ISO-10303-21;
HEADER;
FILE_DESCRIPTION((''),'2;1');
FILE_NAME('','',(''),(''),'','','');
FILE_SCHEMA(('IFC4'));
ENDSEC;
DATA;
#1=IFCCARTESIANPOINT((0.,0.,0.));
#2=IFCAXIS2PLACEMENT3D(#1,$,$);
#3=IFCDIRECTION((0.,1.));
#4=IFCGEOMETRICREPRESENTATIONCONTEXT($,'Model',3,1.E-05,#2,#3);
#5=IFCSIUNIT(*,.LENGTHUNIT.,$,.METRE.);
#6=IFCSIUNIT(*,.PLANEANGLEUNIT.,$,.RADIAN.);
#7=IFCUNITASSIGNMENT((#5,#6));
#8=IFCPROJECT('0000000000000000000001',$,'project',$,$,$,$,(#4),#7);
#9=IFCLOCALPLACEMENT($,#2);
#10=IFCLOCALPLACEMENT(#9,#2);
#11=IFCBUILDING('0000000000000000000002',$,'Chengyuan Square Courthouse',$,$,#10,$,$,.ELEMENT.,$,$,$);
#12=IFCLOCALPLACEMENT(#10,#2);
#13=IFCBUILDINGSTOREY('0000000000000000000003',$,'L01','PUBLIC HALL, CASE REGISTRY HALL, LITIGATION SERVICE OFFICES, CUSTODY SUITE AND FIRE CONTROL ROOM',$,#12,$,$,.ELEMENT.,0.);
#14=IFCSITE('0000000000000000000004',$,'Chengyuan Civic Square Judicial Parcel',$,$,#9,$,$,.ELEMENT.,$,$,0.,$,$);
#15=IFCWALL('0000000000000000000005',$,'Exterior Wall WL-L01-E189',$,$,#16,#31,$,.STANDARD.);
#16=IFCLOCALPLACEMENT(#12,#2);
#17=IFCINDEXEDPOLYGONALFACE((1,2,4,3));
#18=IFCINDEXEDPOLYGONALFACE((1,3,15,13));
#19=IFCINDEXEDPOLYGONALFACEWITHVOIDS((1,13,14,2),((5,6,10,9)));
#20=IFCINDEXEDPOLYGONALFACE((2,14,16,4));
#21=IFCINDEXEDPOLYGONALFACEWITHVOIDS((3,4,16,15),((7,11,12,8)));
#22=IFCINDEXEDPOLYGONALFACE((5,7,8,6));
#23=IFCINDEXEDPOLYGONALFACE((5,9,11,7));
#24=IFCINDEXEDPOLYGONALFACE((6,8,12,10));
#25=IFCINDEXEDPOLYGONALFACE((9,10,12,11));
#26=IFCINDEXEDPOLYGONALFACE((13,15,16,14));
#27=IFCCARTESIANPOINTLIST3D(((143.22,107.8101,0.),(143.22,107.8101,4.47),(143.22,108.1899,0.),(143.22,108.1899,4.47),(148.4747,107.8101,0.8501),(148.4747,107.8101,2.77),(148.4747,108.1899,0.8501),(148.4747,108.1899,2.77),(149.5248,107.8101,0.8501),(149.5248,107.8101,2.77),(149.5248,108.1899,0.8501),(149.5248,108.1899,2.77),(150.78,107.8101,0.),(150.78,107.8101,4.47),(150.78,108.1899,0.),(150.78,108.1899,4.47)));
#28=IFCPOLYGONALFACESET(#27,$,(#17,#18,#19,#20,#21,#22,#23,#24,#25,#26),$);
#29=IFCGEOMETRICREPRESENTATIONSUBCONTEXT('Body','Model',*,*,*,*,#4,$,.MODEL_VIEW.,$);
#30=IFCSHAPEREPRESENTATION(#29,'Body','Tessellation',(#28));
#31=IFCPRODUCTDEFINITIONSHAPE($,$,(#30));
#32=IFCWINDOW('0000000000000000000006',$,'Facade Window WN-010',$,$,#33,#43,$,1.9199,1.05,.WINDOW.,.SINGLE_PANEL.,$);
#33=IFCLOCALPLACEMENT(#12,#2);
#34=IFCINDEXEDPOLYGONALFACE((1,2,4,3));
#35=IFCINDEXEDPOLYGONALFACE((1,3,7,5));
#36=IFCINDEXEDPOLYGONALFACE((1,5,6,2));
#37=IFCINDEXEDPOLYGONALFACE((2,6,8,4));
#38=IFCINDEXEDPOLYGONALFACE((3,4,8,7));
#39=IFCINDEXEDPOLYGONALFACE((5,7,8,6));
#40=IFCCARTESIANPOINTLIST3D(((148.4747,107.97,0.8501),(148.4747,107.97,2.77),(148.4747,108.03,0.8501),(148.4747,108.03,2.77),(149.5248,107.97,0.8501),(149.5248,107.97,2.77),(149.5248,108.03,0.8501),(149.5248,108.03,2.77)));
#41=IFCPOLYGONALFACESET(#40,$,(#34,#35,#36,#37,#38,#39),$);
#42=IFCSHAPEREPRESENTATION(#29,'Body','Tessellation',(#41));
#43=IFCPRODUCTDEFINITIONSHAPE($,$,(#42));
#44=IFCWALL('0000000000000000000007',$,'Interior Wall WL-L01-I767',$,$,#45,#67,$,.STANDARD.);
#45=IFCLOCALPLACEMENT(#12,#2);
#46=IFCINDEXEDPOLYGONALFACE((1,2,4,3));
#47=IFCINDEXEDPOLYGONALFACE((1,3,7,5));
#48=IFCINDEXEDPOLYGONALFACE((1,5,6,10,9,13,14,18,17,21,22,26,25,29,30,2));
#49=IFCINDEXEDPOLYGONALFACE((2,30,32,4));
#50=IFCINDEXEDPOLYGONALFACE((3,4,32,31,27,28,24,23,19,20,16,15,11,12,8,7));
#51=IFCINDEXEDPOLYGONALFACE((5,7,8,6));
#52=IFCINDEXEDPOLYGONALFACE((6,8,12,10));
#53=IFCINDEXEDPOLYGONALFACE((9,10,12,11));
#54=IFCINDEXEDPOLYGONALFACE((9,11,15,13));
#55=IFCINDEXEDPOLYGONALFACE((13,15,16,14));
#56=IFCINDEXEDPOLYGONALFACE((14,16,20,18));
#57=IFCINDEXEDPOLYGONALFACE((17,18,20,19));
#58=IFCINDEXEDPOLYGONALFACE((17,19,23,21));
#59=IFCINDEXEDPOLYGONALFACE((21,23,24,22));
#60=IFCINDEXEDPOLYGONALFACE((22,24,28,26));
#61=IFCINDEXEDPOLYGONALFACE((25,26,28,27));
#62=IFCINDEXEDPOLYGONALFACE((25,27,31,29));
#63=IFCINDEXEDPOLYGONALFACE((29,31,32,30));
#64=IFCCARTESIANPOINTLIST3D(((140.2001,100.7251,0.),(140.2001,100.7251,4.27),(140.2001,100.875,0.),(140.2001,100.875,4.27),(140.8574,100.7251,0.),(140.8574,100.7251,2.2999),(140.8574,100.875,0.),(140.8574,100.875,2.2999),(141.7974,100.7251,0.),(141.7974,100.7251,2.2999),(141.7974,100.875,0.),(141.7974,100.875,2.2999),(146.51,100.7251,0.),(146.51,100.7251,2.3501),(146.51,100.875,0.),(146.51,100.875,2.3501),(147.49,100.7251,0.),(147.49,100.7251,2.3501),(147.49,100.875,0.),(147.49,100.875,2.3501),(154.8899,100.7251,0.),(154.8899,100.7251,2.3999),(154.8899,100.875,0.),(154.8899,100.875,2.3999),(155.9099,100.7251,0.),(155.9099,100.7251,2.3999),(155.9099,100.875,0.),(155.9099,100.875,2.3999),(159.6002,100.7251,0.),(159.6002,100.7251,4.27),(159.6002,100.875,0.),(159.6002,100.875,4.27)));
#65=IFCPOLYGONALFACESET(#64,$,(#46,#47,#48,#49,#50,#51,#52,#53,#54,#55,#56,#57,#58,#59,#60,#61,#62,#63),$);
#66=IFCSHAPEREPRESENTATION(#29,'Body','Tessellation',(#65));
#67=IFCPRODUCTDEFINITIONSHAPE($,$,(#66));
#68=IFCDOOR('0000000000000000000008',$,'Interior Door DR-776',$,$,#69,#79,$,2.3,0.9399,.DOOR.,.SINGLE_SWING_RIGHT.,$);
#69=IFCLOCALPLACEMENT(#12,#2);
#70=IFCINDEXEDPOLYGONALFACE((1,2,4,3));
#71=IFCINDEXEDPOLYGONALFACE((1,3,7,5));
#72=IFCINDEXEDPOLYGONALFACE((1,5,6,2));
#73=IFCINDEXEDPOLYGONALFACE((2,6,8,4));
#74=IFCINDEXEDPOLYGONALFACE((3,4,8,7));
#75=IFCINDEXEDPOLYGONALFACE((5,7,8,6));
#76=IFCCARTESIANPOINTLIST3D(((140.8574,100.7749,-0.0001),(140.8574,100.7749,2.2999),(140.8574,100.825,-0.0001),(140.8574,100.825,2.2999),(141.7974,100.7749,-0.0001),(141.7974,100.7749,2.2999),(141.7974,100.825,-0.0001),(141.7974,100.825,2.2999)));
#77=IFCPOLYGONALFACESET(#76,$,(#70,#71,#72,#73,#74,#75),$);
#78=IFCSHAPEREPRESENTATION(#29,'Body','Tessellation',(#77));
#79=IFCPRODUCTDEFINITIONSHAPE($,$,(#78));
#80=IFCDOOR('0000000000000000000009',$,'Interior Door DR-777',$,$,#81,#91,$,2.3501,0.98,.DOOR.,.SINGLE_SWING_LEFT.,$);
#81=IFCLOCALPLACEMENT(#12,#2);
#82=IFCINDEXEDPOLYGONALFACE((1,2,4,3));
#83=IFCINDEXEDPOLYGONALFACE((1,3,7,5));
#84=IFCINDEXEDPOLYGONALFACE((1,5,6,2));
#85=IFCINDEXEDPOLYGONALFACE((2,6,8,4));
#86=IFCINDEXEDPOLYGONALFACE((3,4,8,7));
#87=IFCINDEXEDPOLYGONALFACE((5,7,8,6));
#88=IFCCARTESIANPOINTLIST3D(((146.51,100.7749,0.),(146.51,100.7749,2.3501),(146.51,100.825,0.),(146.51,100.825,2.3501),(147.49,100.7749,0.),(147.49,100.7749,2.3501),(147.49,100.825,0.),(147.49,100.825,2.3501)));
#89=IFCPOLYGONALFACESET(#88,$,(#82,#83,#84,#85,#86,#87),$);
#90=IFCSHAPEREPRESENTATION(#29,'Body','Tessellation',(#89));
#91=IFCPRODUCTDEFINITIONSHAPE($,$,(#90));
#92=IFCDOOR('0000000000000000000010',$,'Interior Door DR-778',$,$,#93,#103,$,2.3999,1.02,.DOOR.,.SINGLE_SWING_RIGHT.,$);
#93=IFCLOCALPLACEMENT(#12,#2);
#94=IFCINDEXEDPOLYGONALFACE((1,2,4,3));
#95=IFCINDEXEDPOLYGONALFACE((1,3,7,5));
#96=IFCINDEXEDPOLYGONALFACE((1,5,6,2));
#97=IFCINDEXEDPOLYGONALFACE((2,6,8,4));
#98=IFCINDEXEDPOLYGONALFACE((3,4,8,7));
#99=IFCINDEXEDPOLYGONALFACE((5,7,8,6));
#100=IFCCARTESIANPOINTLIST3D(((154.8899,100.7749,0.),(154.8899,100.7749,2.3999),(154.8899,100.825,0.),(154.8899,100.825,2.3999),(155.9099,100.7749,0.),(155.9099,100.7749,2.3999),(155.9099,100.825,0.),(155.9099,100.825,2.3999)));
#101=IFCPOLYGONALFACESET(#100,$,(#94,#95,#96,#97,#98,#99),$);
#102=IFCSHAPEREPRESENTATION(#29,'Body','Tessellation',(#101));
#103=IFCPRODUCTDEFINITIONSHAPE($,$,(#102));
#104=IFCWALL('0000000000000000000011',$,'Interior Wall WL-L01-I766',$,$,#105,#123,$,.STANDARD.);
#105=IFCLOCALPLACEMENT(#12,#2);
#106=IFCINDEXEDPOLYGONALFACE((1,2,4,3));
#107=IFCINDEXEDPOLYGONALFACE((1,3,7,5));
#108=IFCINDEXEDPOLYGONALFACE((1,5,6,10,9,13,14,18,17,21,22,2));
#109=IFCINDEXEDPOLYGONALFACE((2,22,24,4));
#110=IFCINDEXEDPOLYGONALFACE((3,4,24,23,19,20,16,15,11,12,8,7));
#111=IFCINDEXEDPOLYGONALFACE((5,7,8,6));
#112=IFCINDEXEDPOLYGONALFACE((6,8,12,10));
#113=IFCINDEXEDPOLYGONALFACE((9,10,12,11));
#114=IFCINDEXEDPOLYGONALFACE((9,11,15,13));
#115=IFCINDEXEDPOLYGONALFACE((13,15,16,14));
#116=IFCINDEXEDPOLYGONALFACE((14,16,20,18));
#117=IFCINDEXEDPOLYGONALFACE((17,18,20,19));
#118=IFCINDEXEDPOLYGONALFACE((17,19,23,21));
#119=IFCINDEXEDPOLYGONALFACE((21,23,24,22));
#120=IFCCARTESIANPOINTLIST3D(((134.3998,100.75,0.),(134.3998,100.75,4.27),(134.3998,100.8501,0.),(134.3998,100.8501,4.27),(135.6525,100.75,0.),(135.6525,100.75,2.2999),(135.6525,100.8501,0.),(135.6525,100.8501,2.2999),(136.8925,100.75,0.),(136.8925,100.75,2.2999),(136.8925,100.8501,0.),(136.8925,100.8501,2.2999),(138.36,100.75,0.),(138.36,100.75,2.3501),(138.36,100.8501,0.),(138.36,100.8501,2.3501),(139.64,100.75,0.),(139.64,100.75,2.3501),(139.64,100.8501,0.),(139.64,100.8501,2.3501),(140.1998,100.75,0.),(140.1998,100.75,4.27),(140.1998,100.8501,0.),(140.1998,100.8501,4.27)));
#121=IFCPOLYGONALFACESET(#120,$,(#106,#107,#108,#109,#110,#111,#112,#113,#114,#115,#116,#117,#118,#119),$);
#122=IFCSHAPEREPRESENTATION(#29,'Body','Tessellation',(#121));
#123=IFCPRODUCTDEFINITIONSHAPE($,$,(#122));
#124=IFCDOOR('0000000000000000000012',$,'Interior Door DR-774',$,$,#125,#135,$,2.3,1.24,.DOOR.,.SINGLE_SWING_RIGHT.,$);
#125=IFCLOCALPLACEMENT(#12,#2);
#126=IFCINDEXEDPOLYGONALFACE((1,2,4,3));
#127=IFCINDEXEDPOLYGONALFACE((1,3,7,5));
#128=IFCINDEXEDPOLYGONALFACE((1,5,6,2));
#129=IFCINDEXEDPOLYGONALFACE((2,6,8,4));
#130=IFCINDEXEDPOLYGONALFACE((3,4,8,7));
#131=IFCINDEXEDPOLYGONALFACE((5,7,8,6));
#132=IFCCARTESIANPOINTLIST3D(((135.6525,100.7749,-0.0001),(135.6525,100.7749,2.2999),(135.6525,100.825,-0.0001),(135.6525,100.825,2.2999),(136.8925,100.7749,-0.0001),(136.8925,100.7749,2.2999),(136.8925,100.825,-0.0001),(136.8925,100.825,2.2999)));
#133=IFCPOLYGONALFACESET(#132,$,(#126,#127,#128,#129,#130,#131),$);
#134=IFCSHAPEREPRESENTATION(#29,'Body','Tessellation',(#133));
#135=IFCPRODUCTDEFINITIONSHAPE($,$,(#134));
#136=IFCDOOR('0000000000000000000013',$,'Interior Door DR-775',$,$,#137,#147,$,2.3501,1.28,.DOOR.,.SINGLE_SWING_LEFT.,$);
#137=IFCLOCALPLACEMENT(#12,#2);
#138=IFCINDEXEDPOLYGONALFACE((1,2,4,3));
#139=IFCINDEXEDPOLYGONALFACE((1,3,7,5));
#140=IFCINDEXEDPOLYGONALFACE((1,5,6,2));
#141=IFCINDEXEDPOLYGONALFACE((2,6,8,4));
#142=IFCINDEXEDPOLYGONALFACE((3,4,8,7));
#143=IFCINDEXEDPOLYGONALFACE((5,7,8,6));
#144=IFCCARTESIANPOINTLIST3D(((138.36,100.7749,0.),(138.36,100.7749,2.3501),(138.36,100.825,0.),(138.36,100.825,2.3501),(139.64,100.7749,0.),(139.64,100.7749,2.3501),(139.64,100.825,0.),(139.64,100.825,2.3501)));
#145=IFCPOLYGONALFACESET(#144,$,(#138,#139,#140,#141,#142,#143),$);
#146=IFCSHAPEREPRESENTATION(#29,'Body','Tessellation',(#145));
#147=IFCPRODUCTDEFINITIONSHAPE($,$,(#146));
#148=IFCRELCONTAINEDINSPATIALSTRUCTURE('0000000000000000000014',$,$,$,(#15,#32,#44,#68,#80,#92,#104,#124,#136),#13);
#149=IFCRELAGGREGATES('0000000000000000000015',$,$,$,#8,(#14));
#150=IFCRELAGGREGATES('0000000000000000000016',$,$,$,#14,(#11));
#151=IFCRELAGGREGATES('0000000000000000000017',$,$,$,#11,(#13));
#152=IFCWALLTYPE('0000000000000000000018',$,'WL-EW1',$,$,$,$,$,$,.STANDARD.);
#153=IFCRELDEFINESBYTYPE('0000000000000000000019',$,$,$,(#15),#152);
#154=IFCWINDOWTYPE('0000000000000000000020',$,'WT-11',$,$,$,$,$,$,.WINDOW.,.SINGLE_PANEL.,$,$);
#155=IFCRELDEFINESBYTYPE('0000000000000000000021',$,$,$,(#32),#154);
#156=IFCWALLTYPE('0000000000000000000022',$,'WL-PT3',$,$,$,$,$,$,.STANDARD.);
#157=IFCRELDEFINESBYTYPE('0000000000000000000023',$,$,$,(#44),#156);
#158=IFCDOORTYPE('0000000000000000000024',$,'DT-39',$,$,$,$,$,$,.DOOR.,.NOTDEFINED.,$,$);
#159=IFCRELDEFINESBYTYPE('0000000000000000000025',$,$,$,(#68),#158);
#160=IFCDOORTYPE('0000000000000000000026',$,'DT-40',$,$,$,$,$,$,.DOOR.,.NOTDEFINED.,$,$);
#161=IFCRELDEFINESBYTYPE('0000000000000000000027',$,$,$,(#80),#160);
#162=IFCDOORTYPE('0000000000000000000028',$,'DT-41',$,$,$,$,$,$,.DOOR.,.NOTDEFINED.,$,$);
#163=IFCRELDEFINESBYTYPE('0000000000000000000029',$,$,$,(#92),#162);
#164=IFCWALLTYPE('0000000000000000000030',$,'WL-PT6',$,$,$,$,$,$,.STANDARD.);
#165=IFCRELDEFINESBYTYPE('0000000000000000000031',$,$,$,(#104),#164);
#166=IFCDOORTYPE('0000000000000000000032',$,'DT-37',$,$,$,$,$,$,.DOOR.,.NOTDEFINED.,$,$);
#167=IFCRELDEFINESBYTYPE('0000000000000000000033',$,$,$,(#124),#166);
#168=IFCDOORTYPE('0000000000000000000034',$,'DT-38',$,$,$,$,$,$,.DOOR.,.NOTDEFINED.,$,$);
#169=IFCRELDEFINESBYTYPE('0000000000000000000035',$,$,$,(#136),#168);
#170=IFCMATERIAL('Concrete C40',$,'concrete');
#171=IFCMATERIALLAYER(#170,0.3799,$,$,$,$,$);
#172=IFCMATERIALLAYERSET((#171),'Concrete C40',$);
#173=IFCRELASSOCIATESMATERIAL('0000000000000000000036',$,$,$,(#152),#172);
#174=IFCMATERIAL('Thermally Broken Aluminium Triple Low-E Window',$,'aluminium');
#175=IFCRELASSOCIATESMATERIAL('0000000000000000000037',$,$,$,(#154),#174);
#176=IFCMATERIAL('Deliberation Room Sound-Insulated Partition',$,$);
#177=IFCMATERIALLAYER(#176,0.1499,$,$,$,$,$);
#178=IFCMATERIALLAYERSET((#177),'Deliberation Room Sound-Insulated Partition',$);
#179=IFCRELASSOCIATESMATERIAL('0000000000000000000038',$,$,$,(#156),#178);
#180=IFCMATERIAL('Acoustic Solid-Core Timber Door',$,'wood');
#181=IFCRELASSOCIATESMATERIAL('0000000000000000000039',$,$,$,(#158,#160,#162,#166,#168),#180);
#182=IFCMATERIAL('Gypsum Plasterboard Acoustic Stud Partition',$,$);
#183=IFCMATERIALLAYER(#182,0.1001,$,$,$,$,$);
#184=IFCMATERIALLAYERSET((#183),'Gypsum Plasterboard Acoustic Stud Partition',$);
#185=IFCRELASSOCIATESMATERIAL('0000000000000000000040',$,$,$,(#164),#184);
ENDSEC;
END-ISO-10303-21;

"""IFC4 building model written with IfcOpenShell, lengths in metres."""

from ifc_helpers import new_model, si_unit, direction, frame, frame_2d, origin, place, context, subcontext, project, spatial, rectangle, extrude, material, layer, layer_set, type_object, element, fill, save


model = new_model("IFC4")

# Units and contexts
model_context = context("Model", 3, precision=1e-05, world=origin(), true_north=direction((0.0, 1.0)))
body_context = subcontext(model_context, "Body", "Model", "MODEL_VIEW")
ifc_project = project(units=[si_unit("LENGTHUNIT", "METRE"), si_unit("PLANEANGLEUNIT", "RADIAN")], contexts=[model_context])

# Site, building, storey
site_placement = place(None, origin())
site = spatial("IfcSite", under=ifc_project, at=site_placement, Name="Chengyuan Civic Square Judicial Parcel", CompositionType="ELEMENT", RefElevation=0.0)
building_placement = place(site_placement, origin())
building = spatial("IfcBuilding", under=site, at=building_placement, Name="Chengyuan Square Courthouse", CompositionType="ELEMENT")
storey_placement = place(building_placement, origin())
storey = spatial("IfcBuildingStorey", under=building, at=storey_placement, Name="L01", Description="PUBLIC HALL, CASE REGISTRY HALL, LITIGATION SERVICE OFFICES, CUSTODY SUITE AND FIRE CONTROL ROOM", CompositionType="ELEMENT", Elevation=0.0)

# Shared definitions
ifc_material_1 = material(Name="Concrete C40", Category="concrete")

# Wall, opening, window
ifc_layer_1 = layer(ifc_material_1, 0.3799)
ifc_layer_set_1 = layer_set([ifc_layer_1], Name="Concrete C40")
wall_type_1 = type_object("IfcWallType", Name="WL-EW1", PredefinedType="STANDARD", material=ifc_layer_set_1)
ifc_material_2 = material(Name="Thermally Broken Aluminium Triple Low-E Window", Category="aluminium")
wall_1_placement = place(storey_placement, frame((143.22, 108.0, 0.0), z_axis=(0.0, 0.0, 1.0), x_axis=(1.0, 0.0, 0.0)))
wall_1 = element("IfcWall", 1, at=wall_1_placement, inside=storey, type_object=wall_type_1, Name="Exterior Wall WL-L01-E189", PredefinedType="STANDARD", context=body_context, shape_type="SweptSolid", body=[
    extrude(rectangle(XDim=7.5601, YDim=0.3799, at=frame_2d((3.78, 0.0))), origin(), (0.0, 0.0, 1.0), 4.47),
])
opening_1_placement = place(wall_1_placement, frame((5.2549, 0.0, 0.8501)))
opening_1 = element("IfcOpeningElement", 2, at=opening_1_placement, cuts=wall_1, PredefinedType="OPENING", context=body_context, shape_type="SweptSolid", body=[
    extrude(rectangle(XDim=1.05, YDim=1.9199, at=frame_2d((0.5249, 0.96))), frame((0.0, 0.2019, 0.0), z_axis=(0.0, -1.0, 0.0), x_axis=(1.0, 0.0, 0.0)), (0.0, 0.0, 1.0), 0.4038),
])
window_type_1 = type_object("IfcWindowType", Name="WT-11", PartitioningType="SINGLE_PANEL", PredefinedType="WINDOW", material=ifc_material_2)
window_1_placement = place(opening_1_placement, origin())
window_1 = element("IfcWindow", 3, at=window_1_placement, inside=storey, type_object=window_type_1, Name="Facade Window WN-010", OverallHeight=1.9199, OverallWidth=1.05, PartitioningType="SINGLE_PANEL", PredefinedType="WINDOW", context=body_context, shape_type="SweptSolid", body=[
    extrude(rectangle(XDim=1.05, YDim=1.9199, at=frame_2d((0.5249, 0.96))), frame((0.0, 0.03, 0.0), z_axis=(0.0, -1.0, 0.0), x_axis=(1.0, 0.0, 0.0)), (0.0, 0.0, 1.0), 0.0601),
])
fill(opening_1, window_1)

# Walls, openings, doors
ifc_material_3 = material(Name="Deliberation Room Sound-Insulated Partition")
ifc_layer_2 = layer(ifc_material_3, 0.1499)
ifc_layer_set_2 = layer_set([ifc_layer_2], Name="Deliberation Room Sound-Insulated Partition")
wall_type_2 = type_object("IfcWallType", Name="WL-PT3", PredefinedType="STANDARD", material=ifc_layer_set_2)
wall_2_placement = place(storey_placement, frame((140.2, 100.8, 0.0), z_axis=(0.0, 0.0, 1.0), x_axis=(1.0, 0.0, 0.0)))
wall_2 = element("IfcWall", 4, at=wall_2_placement, inside=storey, type_object=wall_type_2, Name="Interior Wall WL-L01-I767", PredefinedType="STANDARD", context=body_context, shape_type="SweptSolid", body=[
    extrude(rectangle(XDim=19.4001, YDim=0.1499, at=frame_2d((9.7002, 0.0))), origin(), (0.0, 0.0, 1.0), 4.27),
])
opening_2_placement = place(wall_2_placement, frame((0.6575, 0.0, 0.0)))
opening_2 = element("IfcOpeningElement", 5, at=opening_2_placement, cuts=wall_2, PredefinedType="OPENING", context=body_context, shape_type="SweptSolid", body=[
    extrude(rectangle(XDim=0.9399, YDim=2.3, at=frame_2d((0.47, 1.1499))), frame((0.0, 0.0869, 0.0), z_axis=(0.0, -1.0, 0.0), x_axis=(1.0, 0.0, 0.0)), (0.0, 0.0, 1.0), 0.1738),
])
opening_3_placement = place(wall_2_placement, frame((6.3101, 0.0, 0.0)))
opening_3 = element("IfcOpeningElement", 6, at=opening_3_placement, cuts=wall_2, PredefinedType="OPENING", context=body_context, shape_type="SweptSolid", body=[
    extrude(rectangle(XDim=0.98, YDim=2.3501, at=frame_2d((0.49, 1.175))), frame((0.0, 0.0869, 0.0), z_axis=(0.0, -1.0, 0.0), x_axis=(1.0, 0.0, 0.0)), (0.0, 0.0, 1.0), 0.1738),
])
opening_4_placement = place(wall_2_placement, frame((14.6899, 0.0, 0.0)))
opening_4 = element("IfcOpeningElement", 7, at=opening_4_placement, cuts=wall_2, PredefinedType="OPENING", context=body_context, shape_type="SweptSolid", body=[
    extrude(rectangle(XDim=1.02, YDim=2.3999, at=frame_2d((0.51, 1.2))), frame((0.0, 0.0869, 0.0), z_axis=(0.0, -1.0, 0.0), x_axis=(1.0, 0.0, 0.0)), (0.0, 0.0, 1.0), 0.1738),
])
ifc_material_4 = material(Name="Acoustic Solid-Core Timber Door", Category="wood")
door_type_1 = type_object("IfcDoorType", Name="DT-39", OperationType="NOTDEFINED", PredefinedType="DOOR", material=ifc_material_4)
door_1_placement = place(opening_2_placement, origin())
door_1 = element("IfcDoor", 8, at=door_1_placement, inside=storey, type_object=door_type_1, Name="Interior Door DR-776", OperationType="SINGLE_SWING_RIGHT", OverallHeight=2.3, OverallWidth=0.9399, PredefinedType="DOOR", context=body_context, shape_type="SweptSolid", body=[
    extrude(rectangle(XDim=0.9399, YDim=2.3, at=frame_2d((0.47, 1.1499))), frame((0.0, 0.0249, 0.0), z_axis=(0.0, -1.0, 0.0), x_axis=(1.0, 0.0, 0.0)), (0.0, 0.0, 1.0), 0.05),
])
fill(opening_2, door_1)
door_type_2 = type_object("IfcDoorType", Name="DT-40", OperationType="NOTDEFINED", PredefinedType="DOOR", material=ifc_material_4)
door_2_placement = place(opening_3_placement, origin())
door_2 = element("IfcDoor", 9, at=door_2_placement, inside=storey, type_object=door_type_2, Name="Interior Door DR-777", OperationType="SINGLE_SWING_LEFT", OverallHeight=2.3501, OverallWidth=0.98, PredefinedType="DOOR", context=body_context, shape_type="SweptSolid", body=[
    extrude(rectangle(XDim=0.98, YDim=2.3501, at=frame_2d((0.49, 1.175))), frame((0.0, 0.0249, 0.0), z_axis=(0.0, -1.0, 0.0), x_axis=(1.0, 0.0, 0.0)), (0.0, 0.0, 1.0), 0.05),
])
fill(opening_3, door_2)
door_type_3 = type_object("IfcDoorType", Name="DT-41", OperationType="NOTDEFINED", PredefinedType="DOOR", material=ifc_material_4)
door_3_placement = place(opening_4_placement, origin())
door_3 = element("IfcDoor", 10, at=door_3_placement, inside=storey, type_object=door_type_3, Name="Interior Door DR-778", OperationType="SINGLE_SWING_RIGHT", OverallHeight=2.3999, OverallWidth=1.02, PredefinedType="DOOR", context=body_context, shape_type="SweptSolid", body=[
    extrude(rectangle(XDim=1.02, YDim=2.3999, at=frame_2d((0.51, 1.2))), frame((0.0, 0.0249, 0.0), z_axis=(0.0, -1.0, 0.0), x_axis=(1.0, 0.0, 0.0)), (0.0, 0.0, 1.0), 0.05),
])
fill(opening_4, door_3)
ifc_material_5 = material(Name="Gypsum Plasterboard Acoustic Stud Partition")
ifc_layer_3 = layer(ifc_material_5, 0.1001)
ifc_layer_set_3 = layer_set([ifc_layer_3], Name="Gypsum Plasterboard Acoustic Stud Partition")
wall_type_3 = type_object("IfcWallType", Name="WL-PT6", PredefinedType="STANDARD", material=ifc_layer_set_3)
wall_3_placement = place(storey_placement, frame((134.3999, 100.8, 0.0), z_axis=(0.0, 0.0, 1.0), x_axis=(1.0, 0.0, 0.0)))
wall_3 = element("IfcWall", 11, at=wall_3_placement, inside=storey, type_object=wall_type_3, Name="Interior Wall WL-L01-I766", PredefinedType="STANDARD", context=body_context, shape_type="SweptSolid", body=[
    extrude(rectangle(XDim=5.8, YDim=0.1001, at=frame_2d((2.8999, 0.0))), origin(), (0.0, 0.0, 1.0), 4.27),
])
opening_5_placement = place(wall_3_placement, frame((1.2524, 0.0, 0.0)))
opening_5 = element("IfcOpeningElement", 12, at=opening_5_placement, cuts=wall_3, PredefinedType="OPENING", context=body_context, shape_type="SweptSolid", body=[
    extrude(rectangle(XDim=1.24, YDim=2.3, at=frame_2d((0.6201, 1.1499))), frame((0.0, 0.062, 0.0), z_axis=(0.0, -1.0, 0.0), x_axis=(1.0, 0.0, 0.0)), (0.0, 0.0, 1.0), 0.124),
])
opening_6_placement = place(wall_3_placement, frame((3.96, 0.0, 0.0)))
opening_6 = element("IfcOpeningElement", 13, at=opening_6_placement, cuts=wall_3, PredefinedType="OPENING", context=body_context, shape_type="SweptSolid", body=[
    extrude(rectangle(XDim=1.28, YDim=2.3501, at=frame_2d((0.6401, 1.175))), frame((0.0, 0.062, 0.0), z_axis=(0.0, -1.0, 0.0), x_axis=(1.0, 0.0, 0.0)), (0.0, 0.0, 1.0), 0.124),
])
door_type_4 = type_object("IfcDoorType", Name="DT-37", OperationType="NOTDEFINED", PredefinedType="DOOR", material=ifc_material_4)
door_4_placement = place(opening_5_placement, origin())
door_4 = element("IfcDoor", 14, at=door_4_placement, inside=storey, type_object=door_type_4, Name="Interior Door DR-774", OperationType="SINGLE_SWING_RIGHT", OverallHeight=2.3, OverallWidth=1.24, PredefinedType="DOOR", context=body_context, shape_type="SweptSolid", body=[
    extrude(rectangle(XDim=1.24, YDim=2.3, at=frame_2d((0.6201, 1.1499))), frame((0.0, 0.0249, 0.0), z_axis=(0.0, -1.0, 0.0), x_axis=(1.0, 0.0, 0.0)), (0.0, 0.0, 1.0), 0.05),
])
fill(opening_5, door_4)
door_type_5 = type_object("IfcDoorType", Name="DT-38", OperationType="NOTDEFINED", PredefinedType="DOOR", material=ifc_material_4)
door_5_placement = place(opening_6_placement, origin())
door_5 = element("IfcDoor", 15, at=door_5_placement, inside=storey, type_object=door_type_5, Name="Interior Door DR-775", OperationType="SINGLE_SWING_LEFT", OverallHeight=2.3501, OverallWidth=1.28, PredefinedType="DOOR", context=body_context, shape_type="SweptSolid", body=[
    extrude(rectangle(XDim=1.28, YDim=2.3501, at=frame_2d((0.6401, 1.175))), frame((0.0, 0.0249, 0.0), z_axis=(0.0, -1.0, 0.0), x_axis=(1.0, 0.0, 0.0)), (0.0, 0.0, 1.0), 0.05),
])
fill(opening_6, door_5)

save(model, "model.ifc")
